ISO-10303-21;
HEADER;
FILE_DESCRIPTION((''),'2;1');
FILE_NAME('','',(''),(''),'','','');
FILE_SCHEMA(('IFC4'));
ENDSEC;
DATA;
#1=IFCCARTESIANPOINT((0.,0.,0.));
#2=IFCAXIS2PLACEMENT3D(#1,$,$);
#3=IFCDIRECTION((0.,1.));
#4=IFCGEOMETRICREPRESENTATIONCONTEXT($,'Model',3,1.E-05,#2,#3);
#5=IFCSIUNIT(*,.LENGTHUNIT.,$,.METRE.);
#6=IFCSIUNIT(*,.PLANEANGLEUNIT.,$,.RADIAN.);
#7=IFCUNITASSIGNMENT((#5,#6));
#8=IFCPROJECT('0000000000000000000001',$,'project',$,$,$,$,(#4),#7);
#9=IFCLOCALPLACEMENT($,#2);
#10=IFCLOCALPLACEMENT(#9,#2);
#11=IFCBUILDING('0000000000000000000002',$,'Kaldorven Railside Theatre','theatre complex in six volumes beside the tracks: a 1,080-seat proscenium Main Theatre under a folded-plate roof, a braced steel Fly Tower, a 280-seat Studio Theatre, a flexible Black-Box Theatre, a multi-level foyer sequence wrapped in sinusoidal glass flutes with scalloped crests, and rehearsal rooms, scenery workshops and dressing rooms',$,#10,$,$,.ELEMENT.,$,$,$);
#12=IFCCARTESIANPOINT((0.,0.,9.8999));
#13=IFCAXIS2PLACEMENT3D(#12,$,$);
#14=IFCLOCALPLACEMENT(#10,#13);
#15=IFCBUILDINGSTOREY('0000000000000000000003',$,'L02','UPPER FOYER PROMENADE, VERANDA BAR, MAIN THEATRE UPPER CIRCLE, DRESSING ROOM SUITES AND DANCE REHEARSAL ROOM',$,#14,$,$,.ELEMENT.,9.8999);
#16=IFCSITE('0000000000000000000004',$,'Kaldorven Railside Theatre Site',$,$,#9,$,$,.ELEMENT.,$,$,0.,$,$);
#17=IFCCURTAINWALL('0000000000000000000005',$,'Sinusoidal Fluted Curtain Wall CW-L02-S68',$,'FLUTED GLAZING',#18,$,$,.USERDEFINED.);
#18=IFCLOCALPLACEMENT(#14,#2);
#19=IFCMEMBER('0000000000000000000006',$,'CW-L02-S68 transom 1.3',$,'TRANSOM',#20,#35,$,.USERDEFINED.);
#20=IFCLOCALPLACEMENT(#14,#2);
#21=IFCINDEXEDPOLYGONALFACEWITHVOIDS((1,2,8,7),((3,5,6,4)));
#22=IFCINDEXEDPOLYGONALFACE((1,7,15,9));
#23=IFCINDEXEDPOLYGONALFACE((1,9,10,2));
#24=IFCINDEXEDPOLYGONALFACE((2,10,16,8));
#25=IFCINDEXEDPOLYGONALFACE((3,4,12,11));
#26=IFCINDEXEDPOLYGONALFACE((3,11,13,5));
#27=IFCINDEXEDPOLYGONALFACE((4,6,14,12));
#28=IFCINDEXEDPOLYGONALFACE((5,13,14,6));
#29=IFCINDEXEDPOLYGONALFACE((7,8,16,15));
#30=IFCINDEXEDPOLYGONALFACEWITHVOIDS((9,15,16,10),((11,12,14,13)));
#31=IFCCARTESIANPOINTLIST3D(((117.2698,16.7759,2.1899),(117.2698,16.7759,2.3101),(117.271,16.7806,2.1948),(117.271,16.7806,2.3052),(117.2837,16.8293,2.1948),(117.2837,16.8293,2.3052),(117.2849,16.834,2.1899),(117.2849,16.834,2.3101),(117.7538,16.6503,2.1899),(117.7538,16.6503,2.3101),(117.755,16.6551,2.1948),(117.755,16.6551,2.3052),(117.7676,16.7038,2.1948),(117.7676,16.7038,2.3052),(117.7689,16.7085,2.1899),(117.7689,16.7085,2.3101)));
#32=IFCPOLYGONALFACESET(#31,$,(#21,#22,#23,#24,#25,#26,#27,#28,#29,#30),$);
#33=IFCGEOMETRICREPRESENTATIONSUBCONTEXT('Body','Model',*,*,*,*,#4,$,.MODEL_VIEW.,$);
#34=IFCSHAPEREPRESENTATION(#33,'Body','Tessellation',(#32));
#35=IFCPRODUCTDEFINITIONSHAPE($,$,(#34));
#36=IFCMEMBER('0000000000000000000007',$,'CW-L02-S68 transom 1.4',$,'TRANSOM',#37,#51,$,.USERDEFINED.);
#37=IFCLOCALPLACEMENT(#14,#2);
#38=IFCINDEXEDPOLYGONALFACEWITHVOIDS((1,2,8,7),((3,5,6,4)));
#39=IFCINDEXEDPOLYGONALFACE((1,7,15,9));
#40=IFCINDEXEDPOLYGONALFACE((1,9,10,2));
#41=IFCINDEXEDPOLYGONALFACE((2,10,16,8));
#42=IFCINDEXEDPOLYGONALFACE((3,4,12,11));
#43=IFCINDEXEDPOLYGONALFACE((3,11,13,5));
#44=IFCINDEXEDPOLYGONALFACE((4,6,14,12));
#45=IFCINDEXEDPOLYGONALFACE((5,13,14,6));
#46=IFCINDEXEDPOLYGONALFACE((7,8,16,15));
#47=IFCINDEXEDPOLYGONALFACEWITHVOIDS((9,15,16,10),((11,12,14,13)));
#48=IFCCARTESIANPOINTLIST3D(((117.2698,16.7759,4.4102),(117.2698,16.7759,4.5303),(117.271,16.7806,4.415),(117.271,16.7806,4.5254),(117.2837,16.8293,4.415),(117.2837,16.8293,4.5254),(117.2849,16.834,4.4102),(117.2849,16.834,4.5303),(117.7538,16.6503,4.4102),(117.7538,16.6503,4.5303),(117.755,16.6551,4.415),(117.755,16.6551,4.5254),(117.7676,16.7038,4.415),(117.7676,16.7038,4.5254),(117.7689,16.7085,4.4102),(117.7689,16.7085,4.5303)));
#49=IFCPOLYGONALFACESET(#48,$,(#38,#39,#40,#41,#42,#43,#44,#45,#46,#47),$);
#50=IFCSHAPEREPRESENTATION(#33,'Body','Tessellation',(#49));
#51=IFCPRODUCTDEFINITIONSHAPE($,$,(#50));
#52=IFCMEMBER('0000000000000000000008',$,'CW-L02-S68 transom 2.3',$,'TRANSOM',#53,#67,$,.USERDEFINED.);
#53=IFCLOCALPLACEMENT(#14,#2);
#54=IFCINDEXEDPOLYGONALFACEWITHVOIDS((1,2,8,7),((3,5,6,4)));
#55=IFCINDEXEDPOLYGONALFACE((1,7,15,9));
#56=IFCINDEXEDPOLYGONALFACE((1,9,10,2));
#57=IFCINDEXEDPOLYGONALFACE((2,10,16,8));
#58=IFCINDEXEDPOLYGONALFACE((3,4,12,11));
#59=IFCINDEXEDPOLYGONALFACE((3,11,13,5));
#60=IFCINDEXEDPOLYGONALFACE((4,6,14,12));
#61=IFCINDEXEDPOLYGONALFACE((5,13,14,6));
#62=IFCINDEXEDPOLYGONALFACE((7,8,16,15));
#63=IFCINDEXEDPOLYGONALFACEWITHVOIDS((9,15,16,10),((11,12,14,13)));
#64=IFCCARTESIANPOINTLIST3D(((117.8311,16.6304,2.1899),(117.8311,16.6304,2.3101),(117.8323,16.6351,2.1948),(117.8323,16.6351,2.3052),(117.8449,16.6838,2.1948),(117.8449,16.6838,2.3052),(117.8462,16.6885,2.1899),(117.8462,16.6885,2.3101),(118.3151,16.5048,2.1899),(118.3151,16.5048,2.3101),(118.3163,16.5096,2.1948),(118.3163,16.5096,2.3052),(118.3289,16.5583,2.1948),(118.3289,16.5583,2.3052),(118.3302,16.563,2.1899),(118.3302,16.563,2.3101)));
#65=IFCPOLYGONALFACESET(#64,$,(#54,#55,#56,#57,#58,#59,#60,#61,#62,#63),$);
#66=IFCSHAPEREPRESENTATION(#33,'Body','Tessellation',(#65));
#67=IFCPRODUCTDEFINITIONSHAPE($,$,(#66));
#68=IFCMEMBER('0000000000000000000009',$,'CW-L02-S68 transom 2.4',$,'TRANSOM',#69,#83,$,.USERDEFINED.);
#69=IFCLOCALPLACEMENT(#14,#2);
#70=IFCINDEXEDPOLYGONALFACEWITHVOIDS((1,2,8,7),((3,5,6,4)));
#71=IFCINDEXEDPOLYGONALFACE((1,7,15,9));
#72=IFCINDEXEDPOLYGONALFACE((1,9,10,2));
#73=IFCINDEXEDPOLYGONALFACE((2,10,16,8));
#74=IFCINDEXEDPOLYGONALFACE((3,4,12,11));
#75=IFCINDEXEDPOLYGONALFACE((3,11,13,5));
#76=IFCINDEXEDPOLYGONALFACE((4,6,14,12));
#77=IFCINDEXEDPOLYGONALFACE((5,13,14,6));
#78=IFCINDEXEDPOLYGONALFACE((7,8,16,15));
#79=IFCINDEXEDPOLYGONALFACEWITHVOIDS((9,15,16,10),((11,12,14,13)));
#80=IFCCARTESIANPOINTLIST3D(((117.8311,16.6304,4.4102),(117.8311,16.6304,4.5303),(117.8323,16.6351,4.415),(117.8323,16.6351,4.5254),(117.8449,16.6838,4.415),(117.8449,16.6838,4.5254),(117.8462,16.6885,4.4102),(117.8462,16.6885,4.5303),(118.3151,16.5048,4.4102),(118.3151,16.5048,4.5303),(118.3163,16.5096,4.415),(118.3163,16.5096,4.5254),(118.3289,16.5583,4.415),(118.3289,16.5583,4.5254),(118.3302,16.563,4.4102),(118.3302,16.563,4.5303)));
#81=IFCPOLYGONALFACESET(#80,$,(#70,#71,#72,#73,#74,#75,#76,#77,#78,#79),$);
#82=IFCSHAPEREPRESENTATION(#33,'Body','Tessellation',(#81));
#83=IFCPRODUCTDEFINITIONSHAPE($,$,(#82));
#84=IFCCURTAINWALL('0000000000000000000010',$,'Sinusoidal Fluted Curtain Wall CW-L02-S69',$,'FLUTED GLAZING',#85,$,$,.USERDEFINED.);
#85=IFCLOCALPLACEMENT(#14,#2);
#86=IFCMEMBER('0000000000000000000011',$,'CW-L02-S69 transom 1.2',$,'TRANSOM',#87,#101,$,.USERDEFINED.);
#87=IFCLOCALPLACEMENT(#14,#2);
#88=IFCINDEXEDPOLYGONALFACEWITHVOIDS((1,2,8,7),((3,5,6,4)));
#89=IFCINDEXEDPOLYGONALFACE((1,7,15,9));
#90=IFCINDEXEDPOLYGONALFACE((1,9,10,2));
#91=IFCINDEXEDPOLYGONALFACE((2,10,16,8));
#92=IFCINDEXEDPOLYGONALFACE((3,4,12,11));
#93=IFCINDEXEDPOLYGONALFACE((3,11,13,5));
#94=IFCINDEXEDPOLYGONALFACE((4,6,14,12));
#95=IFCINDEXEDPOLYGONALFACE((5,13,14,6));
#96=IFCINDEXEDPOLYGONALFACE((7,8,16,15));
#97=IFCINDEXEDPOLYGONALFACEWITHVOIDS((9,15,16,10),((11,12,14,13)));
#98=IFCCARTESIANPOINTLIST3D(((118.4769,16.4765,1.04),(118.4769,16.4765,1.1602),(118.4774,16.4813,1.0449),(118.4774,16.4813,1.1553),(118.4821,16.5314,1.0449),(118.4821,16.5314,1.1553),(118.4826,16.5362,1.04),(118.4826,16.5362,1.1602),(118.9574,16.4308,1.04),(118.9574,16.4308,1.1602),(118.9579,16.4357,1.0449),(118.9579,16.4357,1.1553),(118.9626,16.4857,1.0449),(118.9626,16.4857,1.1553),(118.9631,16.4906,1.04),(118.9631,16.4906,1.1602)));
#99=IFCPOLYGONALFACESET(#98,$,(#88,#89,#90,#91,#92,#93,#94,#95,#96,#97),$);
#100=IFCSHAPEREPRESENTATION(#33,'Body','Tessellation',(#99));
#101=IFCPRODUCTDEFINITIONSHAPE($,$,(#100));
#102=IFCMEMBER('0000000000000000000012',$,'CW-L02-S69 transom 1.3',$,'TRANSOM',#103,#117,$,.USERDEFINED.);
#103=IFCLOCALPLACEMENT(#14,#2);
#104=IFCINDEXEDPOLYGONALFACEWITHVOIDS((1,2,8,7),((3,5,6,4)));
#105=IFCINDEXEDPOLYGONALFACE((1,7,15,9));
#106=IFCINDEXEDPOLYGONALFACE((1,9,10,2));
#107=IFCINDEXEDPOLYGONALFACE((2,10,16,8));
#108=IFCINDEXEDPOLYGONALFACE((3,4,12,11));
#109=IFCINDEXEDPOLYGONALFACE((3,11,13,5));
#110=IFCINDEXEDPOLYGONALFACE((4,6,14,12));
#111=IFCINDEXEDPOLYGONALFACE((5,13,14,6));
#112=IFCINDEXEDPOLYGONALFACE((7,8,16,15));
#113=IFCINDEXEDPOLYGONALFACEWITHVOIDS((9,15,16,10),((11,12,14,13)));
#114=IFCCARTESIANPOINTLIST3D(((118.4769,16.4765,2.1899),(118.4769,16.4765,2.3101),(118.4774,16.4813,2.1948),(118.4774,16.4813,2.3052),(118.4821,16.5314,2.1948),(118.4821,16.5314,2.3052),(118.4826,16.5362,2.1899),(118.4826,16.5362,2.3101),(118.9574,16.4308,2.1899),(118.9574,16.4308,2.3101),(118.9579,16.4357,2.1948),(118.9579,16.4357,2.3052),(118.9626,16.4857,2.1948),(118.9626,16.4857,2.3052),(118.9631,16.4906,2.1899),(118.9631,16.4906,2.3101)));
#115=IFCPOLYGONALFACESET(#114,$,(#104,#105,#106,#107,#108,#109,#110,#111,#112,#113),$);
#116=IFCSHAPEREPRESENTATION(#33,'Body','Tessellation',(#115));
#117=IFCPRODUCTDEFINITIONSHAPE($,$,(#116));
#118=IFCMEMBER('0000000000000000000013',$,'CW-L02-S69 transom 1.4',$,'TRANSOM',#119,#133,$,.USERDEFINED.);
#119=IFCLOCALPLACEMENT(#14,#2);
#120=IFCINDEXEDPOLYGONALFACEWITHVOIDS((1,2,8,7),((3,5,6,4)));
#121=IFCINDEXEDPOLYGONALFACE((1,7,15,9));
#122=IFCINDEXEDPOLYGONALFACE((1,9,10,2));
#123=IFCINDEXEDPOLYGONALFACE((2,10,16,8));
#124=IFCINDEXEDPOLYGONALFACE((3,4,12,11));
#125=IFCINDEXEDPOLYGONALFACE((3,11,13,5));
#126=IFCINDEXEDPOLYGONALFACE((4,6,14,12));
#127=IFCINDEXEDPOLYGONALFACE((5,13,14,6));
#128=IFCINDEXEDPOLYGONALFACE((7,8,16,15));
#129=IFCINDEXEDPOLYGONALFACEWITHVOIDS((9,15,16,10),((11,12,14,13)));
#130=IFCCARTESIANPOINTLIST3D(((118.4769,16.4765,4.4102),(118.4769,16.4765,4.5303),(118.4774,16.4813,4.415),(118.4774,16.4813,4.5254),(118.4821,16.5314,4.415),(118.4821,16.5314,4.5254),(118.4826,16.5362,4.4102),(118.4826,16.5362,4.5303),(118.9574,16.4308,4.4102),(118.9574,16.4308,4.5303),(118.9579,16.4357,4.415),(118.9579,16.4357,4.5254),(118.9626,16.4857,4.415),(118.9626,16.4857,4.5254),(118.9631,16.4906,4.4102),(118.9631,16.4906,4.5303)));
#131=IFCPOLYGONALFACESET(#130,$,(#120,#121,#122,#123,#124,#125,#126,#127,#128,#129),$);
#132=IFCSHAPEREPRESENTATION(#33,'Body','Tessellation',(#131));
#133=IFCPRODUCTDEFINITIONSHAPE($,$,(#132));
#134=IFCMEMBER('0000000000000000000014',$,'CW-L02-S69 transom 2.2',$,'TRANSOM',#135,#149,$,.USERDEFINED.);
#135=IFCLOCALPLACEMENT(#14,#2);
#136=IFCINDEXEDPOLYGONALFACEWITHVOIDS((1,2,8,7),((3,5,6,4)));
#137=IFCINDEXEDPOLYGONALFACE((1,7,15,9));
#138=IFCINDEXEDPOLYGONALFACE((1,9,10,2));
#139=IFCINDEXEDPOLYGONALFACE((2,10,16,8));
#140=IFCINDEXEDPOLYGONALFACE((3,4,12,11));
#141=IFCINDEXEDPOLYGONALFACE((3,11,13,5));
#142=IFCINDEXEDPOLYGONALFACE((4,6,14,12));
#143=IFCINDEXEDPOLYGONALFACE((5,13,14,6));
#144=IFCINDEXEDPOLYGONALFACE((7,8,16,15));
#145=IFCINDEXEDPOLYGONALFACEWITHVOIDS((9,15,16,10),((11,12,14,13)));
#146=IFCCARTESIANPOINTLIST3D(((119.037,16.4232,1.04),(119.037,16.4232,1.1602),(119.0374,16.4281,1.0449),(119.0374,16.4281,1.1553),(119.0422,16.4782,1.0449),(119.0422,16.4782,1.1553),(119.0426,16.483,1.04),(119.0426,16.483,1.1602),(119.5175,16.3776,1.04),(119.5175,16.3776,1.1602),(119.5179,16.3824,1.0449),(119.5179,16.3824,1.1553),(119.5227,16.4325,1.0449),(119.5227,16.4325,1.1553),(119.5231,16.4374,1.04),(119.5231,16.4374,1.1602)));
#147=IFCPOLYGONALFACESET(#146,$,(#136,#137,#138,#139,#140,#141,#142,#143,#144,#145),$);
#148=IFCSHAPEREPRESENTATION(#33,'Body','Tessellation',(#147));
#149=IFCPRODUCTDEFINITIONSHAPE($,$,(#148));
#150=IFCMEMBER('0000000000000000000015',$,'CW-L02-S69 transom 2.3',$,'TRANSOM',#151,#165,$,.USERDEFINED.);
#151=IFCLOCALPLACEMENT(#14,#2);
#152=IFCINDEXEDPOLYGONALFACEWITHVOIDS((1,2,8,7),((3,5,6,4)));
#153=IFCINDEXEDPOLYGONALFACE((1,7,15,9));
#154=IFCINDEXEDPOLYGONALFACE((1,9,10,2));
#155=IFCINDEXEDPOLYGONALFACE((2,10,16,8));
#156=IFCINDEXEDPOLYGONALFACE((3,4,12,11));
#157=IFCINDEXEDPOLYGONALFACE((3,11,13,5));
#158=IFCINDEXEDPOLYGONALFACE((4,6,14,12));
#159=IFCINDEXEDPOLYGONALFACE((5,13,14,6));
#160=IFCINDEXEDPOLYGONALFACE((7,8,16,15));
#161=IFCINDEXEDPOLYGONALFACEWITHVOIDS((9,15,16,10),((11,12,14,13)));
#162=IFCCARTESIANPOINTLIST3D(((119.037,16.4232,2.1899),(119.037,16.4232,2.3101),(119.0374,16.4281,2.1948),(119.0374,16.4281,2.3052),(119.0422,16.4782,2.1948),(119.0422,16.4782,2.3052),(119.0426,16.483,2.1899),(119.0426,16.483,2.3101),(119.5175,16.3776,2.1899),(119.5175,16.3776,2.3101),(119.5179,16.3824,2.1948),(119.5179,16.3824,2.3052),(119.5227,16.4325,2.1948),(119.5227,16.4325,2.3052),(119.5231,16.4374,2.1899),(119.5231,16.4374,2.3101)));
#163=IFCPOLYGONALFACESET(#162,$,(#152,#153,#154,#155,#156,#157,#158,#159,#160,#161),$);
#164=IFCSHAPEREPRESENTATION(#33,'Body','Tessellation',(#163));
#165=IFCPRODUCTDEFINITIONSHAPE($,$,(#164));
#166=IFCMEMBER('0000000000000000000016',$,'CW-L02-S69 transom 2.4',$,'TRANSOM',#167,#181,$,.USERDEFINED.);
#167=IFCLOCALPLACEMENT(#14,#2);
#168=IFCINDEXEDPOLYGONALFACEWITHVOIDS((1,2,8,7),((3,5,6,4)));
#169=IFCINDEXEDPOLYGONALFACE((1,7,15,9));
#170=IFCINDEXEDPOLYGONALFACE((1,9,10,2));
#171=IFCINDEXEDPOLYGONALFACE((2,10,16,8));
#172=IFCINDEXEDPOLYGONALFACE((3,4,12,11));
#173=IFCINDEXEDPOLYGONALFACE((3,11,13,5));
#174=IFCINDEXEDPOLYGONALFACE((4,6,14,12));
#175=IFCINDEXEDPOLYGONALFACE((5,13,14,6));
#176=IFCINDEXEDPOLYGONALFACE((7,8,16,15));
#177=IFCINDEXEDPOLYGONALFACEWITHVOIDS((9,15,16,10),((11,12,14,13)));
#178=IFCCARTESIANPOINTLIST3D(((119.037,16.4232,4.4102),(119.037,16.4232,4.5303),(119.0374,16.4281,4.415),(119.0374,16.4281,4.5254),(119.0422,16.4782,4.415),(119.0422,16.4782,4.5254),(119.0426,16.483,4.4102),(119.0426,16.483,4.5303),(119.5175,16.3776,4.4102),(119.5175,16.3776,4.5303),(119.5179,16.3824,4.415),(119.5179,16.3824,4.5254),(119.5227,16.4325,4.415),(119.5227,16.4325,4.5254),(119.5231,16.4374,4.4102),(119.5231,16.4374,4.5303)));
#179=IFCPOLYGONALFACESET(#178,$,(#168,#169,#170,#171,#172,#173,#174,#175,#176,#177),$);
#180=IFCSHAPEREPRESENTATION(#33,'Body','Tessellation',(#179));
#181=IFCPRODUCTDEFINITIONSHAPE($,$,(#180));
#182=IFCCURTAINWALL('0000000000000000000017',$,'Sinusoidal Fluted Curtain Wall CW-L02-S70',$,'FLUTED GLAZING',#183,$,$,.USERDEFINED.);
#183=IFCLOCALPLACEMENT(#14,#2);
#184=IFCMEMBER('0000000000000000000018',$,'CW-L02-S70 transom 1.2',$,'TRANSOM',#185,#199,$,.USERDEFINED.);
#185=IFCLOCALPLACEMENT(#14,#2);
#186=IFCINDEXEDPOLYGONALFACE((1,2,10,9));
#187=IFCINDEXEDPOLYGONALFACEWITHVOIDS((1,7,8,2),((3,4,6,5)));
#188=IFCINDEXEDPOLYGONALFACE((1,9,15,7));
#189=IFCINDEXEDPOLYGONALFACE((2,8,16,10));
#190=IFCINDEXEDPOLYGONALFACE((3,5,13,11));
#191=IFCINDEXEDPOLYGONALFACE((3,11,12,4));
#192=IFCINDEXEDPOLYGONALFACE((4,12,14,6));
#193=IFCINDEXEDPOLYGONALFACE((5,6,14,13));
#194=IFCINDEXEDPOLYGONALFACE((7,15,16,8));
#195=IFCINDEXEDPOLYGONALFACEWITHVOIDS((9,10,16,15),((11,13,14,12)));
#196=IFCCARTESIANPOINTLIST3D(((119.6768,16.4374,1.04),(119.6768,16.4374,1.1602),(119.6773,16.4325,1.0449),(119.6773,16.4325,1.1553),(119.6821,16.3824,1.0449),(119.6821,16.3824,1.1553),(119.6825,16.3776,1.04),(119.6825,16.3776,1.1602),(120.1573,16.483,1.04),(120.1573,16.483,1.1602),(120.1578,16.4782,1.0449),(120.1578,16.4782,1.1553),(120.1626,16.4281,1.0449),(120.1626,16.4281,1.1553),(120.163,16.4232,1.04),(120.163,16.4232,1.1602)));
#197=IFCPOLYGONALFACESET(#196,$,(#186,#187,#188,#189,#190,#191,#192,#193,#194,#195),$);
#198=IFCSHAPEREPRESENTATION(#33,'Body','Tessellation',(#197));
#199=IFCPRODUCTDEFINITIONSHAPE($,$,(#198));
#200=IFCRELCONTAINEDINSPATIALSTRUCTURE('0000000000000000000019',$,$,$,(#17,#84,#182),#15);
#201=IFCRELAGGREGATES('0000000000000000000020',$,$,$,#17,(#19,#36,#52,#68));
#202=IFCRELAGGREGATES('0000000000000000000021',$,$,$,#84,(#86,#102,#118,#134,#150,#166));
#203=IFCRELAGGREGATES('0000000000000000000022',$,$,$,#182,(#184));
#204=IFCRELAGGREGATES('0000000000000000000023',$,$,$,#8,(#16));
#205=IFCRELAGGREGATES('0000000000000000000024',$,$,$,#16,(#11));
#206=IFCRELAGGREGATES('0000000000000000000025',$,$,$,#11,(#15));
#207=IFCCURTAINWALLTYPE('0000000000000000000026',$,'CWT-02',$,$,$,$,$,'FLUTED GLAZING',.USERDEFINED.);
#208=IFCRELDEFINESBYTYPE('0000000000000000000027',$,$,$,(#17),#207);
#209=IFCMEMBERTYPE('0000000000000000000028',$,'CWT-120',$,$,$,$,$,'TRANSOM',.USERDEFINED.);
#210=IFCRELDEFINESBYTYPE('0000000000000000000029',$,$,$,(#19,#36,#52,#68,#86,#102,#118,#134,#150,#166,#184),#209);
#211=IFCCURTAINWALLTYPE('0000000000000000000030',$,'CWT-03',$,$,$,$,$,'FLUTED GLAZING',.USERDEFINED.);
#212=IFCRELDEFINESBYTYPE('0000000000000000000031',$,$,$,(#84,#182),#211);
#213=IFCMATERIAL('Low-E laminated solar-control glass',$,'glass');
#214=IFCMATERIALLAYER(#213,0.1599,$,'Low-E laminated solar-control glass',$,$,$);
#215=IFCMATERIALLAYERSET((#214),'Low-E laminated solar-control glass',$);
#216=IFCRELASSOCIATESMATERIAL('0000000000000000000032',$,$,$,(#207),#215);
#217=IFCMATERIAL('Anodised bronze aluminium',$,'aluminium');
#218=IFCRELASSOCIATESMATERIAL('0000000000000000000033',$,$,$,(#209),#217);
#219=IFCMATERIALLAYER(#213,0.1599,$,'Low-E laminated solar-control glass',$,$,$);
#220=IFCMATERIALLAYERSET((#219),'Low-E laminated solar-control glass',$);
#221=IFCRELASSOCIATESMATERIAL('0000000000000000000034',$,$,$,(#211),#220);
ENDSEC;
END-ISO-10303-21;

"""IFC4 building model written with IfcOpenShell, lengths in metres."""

from ifc_helpers import new_model, si_unit, direction, frame, origin, origin_2d, place, context, subcontext, project, spatial, hollow_rectangle, extrude, material, layer, layer_set, material_profile, profile_set, type_object, element, aggregate, save


model = new_model("IFC4")

# Units and contexts
model_context = context("Model", 3, precision=1e-05, world=origin(), true_north=direction((0.0, 1.0)))
body_context = subcontext(model_context, "Body", "Model", "MODEL_VIEW")
ifc_project = project(units=[si_unit("LENGTHUNIT", "METRE"), si_unit("PLANEANGLEUNIT", "RADIAN")], contexts=[model_context])

# Site, building, storey
site_placement = place(None, origin())
site = spatial("IfcSite", under=ifc_project, at=site_placement, Name="Kaldorven Railside Theatre Site", CompositionType="ELEMENT", RefElevation=0.0)
building_placement = place(site_placement, origin())
building = spatial("IfcBuilding", under=site, at=building_placement, Name="Kaldorven Railside Theatre", Description="theatre complex in six volumes beside the tracks: a 1,080-seat proscenium Main Theatre under a folded-plate roof, a braced steel Fly Tower, a 280-seat Studio Theatre, a flexible Black-Box Theatre, a multi-level foyer sequence wrapped in sinusoidal glass flutes with scalloped crests, and rehearsal rooms, scenery workshops and dressing rooms", CompositionType="ELEMENT")
storey_placement = place(building_placement, frame((0.0, 0.0, 9.8999)))
storey = spatial("IfcBuildingStorey", under=building, at=storey_placement, Name="L02", Description="UPPER FOYER PROMENADE, VERANDA BAR, MAIN THEATRE UPPER CIRCLE, DRESSING ROOM SUITES AND DANCE REHEARSAL ROOM", CompositionType="ELEMENT", Elevation=9.8999)

# Curtain walls, members
ifc_material_1 = material(Name="Low-E laminated solar-control glass", Category="glass")
ifc_layer_1 = layer(ifc_material_1, 0.1599, Name="Low-E laminated solar-control glass")
ifc_layer_set_1 = layer_set([ifc_layer_1], Name="Low-E laminated solar-control glass")
curtain_wall_type_1 = type_object("IfcCurtainWallType", Name="CWT-02", ElementType="FLUTED GLAZING", PredefinedType="USERDEFINED", material=ifc_layer_set_1)
curtain_wall_1_placement = place(storey_placement, origin())
curtain_wall_1 = element("IfcCurtainWall", 1, at=curtain_wall_1_placement, inside=storey, type_object=curtain_wall_type_1, Name="Sinusoidal Fluted Curtain Wall CW-L02-S68", ObjectType="FLUTED GLAZING", PredefinedType="USERDEFINED")
ifc_material_2 = material(Name="Anodised bronze aluminium", Category="aluminium")
ifc_material_profile = material_profile(ifc_material_2, hollow_rectangle(XDim=0.0601, YDim=0.1201, WallThickness=0.0049, at=origin_2d()), Name="RHS 120x60x5")
ifc_profile_set = profile_set([ifc_material_profile], Name="Anodised bronze aluminium")
member_type = type_object("IfcMemberType", Name="CWT-120", ElementType="TRANSOM", PredefinedType="USERDEFINED", material=ifc_profile_set)
member_1_placement = place(storey_placement, frame((117.2773, 16.8049, 2.25), z_axis=(0.967979, -0.25103, 0.0), x_axis=(0.25103, 0.967979, 0.0)))
member_1 = element("IfcMember", 2, at=member_1_placement, type_object=member_type, Name="CW-L02-S68 transom 1.3", ObjectType="TRANSOM", PredefinedType="USERDEFINED", context=body_context, shape_type="SweptSolid", body=[
    extrude(hollow_rectangle(XDim=0.0601, YDim=0.1201, WallThickness=0.0049, at=origin_2d()), origin(), (0.0, 0.0, 1.0), 0.5),
])
member_2_placement = place(storey_placement, frame((117.2773, 16.8049, 4.4702), z_axis=(0.967979, -0.25103, 0.0), x_axis=(0.25103, 0.967979, 0.0)))
member_2 = element("IfcMember", 3, at=member_2_placement, type_object=member_type, Name="CW-L02-S68 transom 1.4", ObjectType="TRANSOM", PredefinedType="USERDEFINED", context=body_context, shape_type="SweptSolid", body=[
    extrude(hollow_rectangle(XDim=0.0601, YDim=0.1201, WallThickness=0.0049, at=origin_2d()), origin(), (0.0, 0.0, 1.0), 0.5),
])
member_3_placement = place(storey_placement, frame((117.8386, 16.6594, 2.25), z_axis=(0.967979, -0.25103, 0.0), x_axis=(0.25103, 0.967979, 0.0)))
member_3 = element("IfcMember", 4, at=member_3_placement, type_object=member_type, Name="CW-L02-S68 transom 2.3", ObjectType="TRANSOM", PredefinedType="USERDEFINED", context=body_context, shape_type="SweptSolid", body=[
    extrude(hollow_rectangle(XDim=0.0601, YDim=0.1201, WallThickness=0.0049, at=origin_2d()), origin(), (0.0, 0.0, 1.0), 0.5),
])
member_4_placement = place(storey_placement, frame((117.8386, 16.6594, 4.4702), z_axis=(0.967979, -0.25103, 0.0), x_axis=(0.25103, 0.967979, 0.0)))
member_4 = element("IfcMember", 5, at=member_4_placement, type_object=member_type, Name="CW-L02-S68 transom 2.4", ObjectType="TRANSOM", PredefinedType="USERDEFINED", context=body_context, shape_type="SweptSolid", body=[
    extrude(hollow_rectangle(XDim=0.0601, YDim=0.1201, WallThickness=0.0049, at=origin_2d()), origin(), (0.0, 0.0, 1.0), 0.5),
])
ifc_layer_2 = layer(ifc_material_1, 0.1599, Name="Low-E laminated solar-control glass")
ifc_layer_set_2 = layer_set([ifc_layer_2], Name="Low-E laminated solar-control glass")
curtain_wall_type_2 = type_object("IfcCurtainWallType", Name="CWT-03", ElementType="FLUTED GLAZING", PredefinedType="USERDEFINED", material=ifc_layer_set_2)
curtain_wall_2_placement = place(storey_placement, origin())
curtain_wall_2 = element("IfcCurtainWall", 6, at=curtain_wall_2_placement, inside=storey, type_object=curtain_wall_type_2, Name="Sinusoidal Fluted Curtain Wall CW-L02-S69", ObjectType="FLUTED GLAZING", PredefinedType="USERDEFINED")
member_5_placement = place(storey_placement, frame((118.4797, 16.5063, 1.1001), z_axis=(0.995516, -0.094594, 0.0), x_axis=(0.094594, 0.995516, 0.0)))
member_5 = element("IfcMember", 7, at=member_5_placement, type_object=member_type, Name="CW-L02-S69 transom 1.2", ObjectType="TRANSOM", PredefinedType="USERDEFINED", context=body_context, shape_type="SweptSolid", body=[
    extrude(hollow_rectangle(XDim=0.0601, YDim=0.1201, WallThickness=0.0049, at=origin_2d()), origin(), (0.0, 0.0, 1.0), 0.4827),
])
member_6_placement = place(storey_placement, frame((118.4797, 16.5063, 2.25), z_axis=(0.995516, -0.094594, 0.0), x_axis=(0.094594, 0.995516, 0.0)))
member_6 = element("IfcMember", 8, at=member_6_placement, type_object=member_type, Name="CW-L02-S69 transom 1.3", ObjectType="TRANSOM", PredefinedType="USERDEFINED", context=body_context, shape_type="SweptSolid", body=[
    extrude(hollow_rectangle(XDim=0.0601, YDim=0.1201, WallThickness=0.0049, at=origin_2d()), origin(), (0.0, 0.0, 1.0), 0.4827),
])
member_7_placement = place(storey_placement, frame((118.4797, 16.5063, 4.4702), z_axis=(0.995516, -0.094594, 0.0), x_axis=(0.094594, 0.995516, 0.0)))
member_7 = element("IfcMember", 9, at=member_7_placement, type_object=member_type, Name="CW-L02-S69 transom 1.4", ObjectType="TRANSOM", PredefinedType="USERDEFINED", context=body_context, shape_type="SweptSolid", body=[
    extrude(hollow_rectangle(XDim=0.0601, YDim=0.1201, WallThickness=0.0049, at=origin_2d()), origin(), (0.0, 0.0, 1.0), 0.4827),
])
member_8_placement = place(storey_placement, frame((119.0398, 16.4531, 1.1001), z_axis=(0.995516, -0.094594, 0.0), x_axis=(0.094594, 0.995516, 0.0)))
member_8 = element("IfcMember", 10, at=member_8_placement, type_object=member_type, Name="CW-L02-S69 transom 2.2", ObjectType="TRANSOM", PredefinedType="USERDEFINED", context=body_context, shape_type="SweptSolid", body=[
    extrude(hollow_rectangle(XDim=0.0601, YDim=0.1201, WallThickness=0.0049, at=origin_2d()), origin(), (0.0, 0.0, 1.0), 0.4827),
])
member_9_placement = place(storey_placement, frame((119.0398, 16.4531, 2.25), z_axis=(0.995516, -0.094594, 0.0), x_axis=(0.094594, 0.995516, 0.0)))
member_9 = element("IfcMember", 11, at=member_9_placement, type_object=member_type, Name="CW-L02-S69 transom 2.3", ObjectType="TRANSOM", PredefinedType="USERDEFINED", context=body_context, shape_type="SweptSolid", body=[
    extrude(hollow_rectangle(XDim=0.0601, YDim=0.1201, WallThickness=0.0049, at=origin_2d()), origin(), (0.0, 0.0, 1.0), 0.4827),
])
member_10_placement = place(storey_placement, frame((119.0398, 16.4531, 4.4702), z_axis=(0.995516, -0.094594, 0.0), x_axis=(0.094594, 0.995516, 0.0)))
member_10 = element("IfcMember", 12, at=member_10_placement, type_object=member_type, Name="CW-L02-S69 transom 2.4", ObjectType="TRANSOM", PredefinedType="USERDEFINED", context=body_context, shape_type="SweptSolid", body=[
    extrude(hollow_rectangle(XDim=0.0601, YDim=0.1201, WallThickness=0.0049, at=origin_2d()), origin(), (0.0, 0.0, 1.0), 0.4827),
])
curtain_wall_3_placement = place(storey_placement, origin())
curtain_wall_3 = element("IfcCurtainWall", 13, at=curtain_wall_3_placement, inside=storey, type_object=curtain_wall_type_2, Name="Sinusoidal Fluted Curtain Wall CW-L02-S70", ObjectType="FLUTED GLAZING", PredefinedType="USERDEFINED")
member_11_placement = place(storey_placement, frame((119.6797, 16.4075, 1.1001), z_axis=(0.995516, 0.094594, 0.0), x_axis=(-0.094594, 0.995516, 0.0)))
member_11 = element("IfcMember", 14, at=member_11_placement, type_object=member_type, Name="CW-L02-S70 transom 1.2", ObjectType="TRANSOM", PredefinedType="USERDEFINED", context=body_context, shape_type="SweptSolid", body=[
    extrude(hollow_rectangle(XDim=0.0601, YDim=0.1201, WallThickness=0.0049, at=origin_2d()), origin(), (0.0, 0.0, 1.0), 0.4827),
])

aggregate(curtain_wall_1, [member_1, member_2, member_3, member_4])
aggregate(curtain_wall_2, [member_5, member_6, member_7, member_8, member_9, member_10])
aggregate(curtain_wall_3, [member_11])

save(model, "model.ifc")
